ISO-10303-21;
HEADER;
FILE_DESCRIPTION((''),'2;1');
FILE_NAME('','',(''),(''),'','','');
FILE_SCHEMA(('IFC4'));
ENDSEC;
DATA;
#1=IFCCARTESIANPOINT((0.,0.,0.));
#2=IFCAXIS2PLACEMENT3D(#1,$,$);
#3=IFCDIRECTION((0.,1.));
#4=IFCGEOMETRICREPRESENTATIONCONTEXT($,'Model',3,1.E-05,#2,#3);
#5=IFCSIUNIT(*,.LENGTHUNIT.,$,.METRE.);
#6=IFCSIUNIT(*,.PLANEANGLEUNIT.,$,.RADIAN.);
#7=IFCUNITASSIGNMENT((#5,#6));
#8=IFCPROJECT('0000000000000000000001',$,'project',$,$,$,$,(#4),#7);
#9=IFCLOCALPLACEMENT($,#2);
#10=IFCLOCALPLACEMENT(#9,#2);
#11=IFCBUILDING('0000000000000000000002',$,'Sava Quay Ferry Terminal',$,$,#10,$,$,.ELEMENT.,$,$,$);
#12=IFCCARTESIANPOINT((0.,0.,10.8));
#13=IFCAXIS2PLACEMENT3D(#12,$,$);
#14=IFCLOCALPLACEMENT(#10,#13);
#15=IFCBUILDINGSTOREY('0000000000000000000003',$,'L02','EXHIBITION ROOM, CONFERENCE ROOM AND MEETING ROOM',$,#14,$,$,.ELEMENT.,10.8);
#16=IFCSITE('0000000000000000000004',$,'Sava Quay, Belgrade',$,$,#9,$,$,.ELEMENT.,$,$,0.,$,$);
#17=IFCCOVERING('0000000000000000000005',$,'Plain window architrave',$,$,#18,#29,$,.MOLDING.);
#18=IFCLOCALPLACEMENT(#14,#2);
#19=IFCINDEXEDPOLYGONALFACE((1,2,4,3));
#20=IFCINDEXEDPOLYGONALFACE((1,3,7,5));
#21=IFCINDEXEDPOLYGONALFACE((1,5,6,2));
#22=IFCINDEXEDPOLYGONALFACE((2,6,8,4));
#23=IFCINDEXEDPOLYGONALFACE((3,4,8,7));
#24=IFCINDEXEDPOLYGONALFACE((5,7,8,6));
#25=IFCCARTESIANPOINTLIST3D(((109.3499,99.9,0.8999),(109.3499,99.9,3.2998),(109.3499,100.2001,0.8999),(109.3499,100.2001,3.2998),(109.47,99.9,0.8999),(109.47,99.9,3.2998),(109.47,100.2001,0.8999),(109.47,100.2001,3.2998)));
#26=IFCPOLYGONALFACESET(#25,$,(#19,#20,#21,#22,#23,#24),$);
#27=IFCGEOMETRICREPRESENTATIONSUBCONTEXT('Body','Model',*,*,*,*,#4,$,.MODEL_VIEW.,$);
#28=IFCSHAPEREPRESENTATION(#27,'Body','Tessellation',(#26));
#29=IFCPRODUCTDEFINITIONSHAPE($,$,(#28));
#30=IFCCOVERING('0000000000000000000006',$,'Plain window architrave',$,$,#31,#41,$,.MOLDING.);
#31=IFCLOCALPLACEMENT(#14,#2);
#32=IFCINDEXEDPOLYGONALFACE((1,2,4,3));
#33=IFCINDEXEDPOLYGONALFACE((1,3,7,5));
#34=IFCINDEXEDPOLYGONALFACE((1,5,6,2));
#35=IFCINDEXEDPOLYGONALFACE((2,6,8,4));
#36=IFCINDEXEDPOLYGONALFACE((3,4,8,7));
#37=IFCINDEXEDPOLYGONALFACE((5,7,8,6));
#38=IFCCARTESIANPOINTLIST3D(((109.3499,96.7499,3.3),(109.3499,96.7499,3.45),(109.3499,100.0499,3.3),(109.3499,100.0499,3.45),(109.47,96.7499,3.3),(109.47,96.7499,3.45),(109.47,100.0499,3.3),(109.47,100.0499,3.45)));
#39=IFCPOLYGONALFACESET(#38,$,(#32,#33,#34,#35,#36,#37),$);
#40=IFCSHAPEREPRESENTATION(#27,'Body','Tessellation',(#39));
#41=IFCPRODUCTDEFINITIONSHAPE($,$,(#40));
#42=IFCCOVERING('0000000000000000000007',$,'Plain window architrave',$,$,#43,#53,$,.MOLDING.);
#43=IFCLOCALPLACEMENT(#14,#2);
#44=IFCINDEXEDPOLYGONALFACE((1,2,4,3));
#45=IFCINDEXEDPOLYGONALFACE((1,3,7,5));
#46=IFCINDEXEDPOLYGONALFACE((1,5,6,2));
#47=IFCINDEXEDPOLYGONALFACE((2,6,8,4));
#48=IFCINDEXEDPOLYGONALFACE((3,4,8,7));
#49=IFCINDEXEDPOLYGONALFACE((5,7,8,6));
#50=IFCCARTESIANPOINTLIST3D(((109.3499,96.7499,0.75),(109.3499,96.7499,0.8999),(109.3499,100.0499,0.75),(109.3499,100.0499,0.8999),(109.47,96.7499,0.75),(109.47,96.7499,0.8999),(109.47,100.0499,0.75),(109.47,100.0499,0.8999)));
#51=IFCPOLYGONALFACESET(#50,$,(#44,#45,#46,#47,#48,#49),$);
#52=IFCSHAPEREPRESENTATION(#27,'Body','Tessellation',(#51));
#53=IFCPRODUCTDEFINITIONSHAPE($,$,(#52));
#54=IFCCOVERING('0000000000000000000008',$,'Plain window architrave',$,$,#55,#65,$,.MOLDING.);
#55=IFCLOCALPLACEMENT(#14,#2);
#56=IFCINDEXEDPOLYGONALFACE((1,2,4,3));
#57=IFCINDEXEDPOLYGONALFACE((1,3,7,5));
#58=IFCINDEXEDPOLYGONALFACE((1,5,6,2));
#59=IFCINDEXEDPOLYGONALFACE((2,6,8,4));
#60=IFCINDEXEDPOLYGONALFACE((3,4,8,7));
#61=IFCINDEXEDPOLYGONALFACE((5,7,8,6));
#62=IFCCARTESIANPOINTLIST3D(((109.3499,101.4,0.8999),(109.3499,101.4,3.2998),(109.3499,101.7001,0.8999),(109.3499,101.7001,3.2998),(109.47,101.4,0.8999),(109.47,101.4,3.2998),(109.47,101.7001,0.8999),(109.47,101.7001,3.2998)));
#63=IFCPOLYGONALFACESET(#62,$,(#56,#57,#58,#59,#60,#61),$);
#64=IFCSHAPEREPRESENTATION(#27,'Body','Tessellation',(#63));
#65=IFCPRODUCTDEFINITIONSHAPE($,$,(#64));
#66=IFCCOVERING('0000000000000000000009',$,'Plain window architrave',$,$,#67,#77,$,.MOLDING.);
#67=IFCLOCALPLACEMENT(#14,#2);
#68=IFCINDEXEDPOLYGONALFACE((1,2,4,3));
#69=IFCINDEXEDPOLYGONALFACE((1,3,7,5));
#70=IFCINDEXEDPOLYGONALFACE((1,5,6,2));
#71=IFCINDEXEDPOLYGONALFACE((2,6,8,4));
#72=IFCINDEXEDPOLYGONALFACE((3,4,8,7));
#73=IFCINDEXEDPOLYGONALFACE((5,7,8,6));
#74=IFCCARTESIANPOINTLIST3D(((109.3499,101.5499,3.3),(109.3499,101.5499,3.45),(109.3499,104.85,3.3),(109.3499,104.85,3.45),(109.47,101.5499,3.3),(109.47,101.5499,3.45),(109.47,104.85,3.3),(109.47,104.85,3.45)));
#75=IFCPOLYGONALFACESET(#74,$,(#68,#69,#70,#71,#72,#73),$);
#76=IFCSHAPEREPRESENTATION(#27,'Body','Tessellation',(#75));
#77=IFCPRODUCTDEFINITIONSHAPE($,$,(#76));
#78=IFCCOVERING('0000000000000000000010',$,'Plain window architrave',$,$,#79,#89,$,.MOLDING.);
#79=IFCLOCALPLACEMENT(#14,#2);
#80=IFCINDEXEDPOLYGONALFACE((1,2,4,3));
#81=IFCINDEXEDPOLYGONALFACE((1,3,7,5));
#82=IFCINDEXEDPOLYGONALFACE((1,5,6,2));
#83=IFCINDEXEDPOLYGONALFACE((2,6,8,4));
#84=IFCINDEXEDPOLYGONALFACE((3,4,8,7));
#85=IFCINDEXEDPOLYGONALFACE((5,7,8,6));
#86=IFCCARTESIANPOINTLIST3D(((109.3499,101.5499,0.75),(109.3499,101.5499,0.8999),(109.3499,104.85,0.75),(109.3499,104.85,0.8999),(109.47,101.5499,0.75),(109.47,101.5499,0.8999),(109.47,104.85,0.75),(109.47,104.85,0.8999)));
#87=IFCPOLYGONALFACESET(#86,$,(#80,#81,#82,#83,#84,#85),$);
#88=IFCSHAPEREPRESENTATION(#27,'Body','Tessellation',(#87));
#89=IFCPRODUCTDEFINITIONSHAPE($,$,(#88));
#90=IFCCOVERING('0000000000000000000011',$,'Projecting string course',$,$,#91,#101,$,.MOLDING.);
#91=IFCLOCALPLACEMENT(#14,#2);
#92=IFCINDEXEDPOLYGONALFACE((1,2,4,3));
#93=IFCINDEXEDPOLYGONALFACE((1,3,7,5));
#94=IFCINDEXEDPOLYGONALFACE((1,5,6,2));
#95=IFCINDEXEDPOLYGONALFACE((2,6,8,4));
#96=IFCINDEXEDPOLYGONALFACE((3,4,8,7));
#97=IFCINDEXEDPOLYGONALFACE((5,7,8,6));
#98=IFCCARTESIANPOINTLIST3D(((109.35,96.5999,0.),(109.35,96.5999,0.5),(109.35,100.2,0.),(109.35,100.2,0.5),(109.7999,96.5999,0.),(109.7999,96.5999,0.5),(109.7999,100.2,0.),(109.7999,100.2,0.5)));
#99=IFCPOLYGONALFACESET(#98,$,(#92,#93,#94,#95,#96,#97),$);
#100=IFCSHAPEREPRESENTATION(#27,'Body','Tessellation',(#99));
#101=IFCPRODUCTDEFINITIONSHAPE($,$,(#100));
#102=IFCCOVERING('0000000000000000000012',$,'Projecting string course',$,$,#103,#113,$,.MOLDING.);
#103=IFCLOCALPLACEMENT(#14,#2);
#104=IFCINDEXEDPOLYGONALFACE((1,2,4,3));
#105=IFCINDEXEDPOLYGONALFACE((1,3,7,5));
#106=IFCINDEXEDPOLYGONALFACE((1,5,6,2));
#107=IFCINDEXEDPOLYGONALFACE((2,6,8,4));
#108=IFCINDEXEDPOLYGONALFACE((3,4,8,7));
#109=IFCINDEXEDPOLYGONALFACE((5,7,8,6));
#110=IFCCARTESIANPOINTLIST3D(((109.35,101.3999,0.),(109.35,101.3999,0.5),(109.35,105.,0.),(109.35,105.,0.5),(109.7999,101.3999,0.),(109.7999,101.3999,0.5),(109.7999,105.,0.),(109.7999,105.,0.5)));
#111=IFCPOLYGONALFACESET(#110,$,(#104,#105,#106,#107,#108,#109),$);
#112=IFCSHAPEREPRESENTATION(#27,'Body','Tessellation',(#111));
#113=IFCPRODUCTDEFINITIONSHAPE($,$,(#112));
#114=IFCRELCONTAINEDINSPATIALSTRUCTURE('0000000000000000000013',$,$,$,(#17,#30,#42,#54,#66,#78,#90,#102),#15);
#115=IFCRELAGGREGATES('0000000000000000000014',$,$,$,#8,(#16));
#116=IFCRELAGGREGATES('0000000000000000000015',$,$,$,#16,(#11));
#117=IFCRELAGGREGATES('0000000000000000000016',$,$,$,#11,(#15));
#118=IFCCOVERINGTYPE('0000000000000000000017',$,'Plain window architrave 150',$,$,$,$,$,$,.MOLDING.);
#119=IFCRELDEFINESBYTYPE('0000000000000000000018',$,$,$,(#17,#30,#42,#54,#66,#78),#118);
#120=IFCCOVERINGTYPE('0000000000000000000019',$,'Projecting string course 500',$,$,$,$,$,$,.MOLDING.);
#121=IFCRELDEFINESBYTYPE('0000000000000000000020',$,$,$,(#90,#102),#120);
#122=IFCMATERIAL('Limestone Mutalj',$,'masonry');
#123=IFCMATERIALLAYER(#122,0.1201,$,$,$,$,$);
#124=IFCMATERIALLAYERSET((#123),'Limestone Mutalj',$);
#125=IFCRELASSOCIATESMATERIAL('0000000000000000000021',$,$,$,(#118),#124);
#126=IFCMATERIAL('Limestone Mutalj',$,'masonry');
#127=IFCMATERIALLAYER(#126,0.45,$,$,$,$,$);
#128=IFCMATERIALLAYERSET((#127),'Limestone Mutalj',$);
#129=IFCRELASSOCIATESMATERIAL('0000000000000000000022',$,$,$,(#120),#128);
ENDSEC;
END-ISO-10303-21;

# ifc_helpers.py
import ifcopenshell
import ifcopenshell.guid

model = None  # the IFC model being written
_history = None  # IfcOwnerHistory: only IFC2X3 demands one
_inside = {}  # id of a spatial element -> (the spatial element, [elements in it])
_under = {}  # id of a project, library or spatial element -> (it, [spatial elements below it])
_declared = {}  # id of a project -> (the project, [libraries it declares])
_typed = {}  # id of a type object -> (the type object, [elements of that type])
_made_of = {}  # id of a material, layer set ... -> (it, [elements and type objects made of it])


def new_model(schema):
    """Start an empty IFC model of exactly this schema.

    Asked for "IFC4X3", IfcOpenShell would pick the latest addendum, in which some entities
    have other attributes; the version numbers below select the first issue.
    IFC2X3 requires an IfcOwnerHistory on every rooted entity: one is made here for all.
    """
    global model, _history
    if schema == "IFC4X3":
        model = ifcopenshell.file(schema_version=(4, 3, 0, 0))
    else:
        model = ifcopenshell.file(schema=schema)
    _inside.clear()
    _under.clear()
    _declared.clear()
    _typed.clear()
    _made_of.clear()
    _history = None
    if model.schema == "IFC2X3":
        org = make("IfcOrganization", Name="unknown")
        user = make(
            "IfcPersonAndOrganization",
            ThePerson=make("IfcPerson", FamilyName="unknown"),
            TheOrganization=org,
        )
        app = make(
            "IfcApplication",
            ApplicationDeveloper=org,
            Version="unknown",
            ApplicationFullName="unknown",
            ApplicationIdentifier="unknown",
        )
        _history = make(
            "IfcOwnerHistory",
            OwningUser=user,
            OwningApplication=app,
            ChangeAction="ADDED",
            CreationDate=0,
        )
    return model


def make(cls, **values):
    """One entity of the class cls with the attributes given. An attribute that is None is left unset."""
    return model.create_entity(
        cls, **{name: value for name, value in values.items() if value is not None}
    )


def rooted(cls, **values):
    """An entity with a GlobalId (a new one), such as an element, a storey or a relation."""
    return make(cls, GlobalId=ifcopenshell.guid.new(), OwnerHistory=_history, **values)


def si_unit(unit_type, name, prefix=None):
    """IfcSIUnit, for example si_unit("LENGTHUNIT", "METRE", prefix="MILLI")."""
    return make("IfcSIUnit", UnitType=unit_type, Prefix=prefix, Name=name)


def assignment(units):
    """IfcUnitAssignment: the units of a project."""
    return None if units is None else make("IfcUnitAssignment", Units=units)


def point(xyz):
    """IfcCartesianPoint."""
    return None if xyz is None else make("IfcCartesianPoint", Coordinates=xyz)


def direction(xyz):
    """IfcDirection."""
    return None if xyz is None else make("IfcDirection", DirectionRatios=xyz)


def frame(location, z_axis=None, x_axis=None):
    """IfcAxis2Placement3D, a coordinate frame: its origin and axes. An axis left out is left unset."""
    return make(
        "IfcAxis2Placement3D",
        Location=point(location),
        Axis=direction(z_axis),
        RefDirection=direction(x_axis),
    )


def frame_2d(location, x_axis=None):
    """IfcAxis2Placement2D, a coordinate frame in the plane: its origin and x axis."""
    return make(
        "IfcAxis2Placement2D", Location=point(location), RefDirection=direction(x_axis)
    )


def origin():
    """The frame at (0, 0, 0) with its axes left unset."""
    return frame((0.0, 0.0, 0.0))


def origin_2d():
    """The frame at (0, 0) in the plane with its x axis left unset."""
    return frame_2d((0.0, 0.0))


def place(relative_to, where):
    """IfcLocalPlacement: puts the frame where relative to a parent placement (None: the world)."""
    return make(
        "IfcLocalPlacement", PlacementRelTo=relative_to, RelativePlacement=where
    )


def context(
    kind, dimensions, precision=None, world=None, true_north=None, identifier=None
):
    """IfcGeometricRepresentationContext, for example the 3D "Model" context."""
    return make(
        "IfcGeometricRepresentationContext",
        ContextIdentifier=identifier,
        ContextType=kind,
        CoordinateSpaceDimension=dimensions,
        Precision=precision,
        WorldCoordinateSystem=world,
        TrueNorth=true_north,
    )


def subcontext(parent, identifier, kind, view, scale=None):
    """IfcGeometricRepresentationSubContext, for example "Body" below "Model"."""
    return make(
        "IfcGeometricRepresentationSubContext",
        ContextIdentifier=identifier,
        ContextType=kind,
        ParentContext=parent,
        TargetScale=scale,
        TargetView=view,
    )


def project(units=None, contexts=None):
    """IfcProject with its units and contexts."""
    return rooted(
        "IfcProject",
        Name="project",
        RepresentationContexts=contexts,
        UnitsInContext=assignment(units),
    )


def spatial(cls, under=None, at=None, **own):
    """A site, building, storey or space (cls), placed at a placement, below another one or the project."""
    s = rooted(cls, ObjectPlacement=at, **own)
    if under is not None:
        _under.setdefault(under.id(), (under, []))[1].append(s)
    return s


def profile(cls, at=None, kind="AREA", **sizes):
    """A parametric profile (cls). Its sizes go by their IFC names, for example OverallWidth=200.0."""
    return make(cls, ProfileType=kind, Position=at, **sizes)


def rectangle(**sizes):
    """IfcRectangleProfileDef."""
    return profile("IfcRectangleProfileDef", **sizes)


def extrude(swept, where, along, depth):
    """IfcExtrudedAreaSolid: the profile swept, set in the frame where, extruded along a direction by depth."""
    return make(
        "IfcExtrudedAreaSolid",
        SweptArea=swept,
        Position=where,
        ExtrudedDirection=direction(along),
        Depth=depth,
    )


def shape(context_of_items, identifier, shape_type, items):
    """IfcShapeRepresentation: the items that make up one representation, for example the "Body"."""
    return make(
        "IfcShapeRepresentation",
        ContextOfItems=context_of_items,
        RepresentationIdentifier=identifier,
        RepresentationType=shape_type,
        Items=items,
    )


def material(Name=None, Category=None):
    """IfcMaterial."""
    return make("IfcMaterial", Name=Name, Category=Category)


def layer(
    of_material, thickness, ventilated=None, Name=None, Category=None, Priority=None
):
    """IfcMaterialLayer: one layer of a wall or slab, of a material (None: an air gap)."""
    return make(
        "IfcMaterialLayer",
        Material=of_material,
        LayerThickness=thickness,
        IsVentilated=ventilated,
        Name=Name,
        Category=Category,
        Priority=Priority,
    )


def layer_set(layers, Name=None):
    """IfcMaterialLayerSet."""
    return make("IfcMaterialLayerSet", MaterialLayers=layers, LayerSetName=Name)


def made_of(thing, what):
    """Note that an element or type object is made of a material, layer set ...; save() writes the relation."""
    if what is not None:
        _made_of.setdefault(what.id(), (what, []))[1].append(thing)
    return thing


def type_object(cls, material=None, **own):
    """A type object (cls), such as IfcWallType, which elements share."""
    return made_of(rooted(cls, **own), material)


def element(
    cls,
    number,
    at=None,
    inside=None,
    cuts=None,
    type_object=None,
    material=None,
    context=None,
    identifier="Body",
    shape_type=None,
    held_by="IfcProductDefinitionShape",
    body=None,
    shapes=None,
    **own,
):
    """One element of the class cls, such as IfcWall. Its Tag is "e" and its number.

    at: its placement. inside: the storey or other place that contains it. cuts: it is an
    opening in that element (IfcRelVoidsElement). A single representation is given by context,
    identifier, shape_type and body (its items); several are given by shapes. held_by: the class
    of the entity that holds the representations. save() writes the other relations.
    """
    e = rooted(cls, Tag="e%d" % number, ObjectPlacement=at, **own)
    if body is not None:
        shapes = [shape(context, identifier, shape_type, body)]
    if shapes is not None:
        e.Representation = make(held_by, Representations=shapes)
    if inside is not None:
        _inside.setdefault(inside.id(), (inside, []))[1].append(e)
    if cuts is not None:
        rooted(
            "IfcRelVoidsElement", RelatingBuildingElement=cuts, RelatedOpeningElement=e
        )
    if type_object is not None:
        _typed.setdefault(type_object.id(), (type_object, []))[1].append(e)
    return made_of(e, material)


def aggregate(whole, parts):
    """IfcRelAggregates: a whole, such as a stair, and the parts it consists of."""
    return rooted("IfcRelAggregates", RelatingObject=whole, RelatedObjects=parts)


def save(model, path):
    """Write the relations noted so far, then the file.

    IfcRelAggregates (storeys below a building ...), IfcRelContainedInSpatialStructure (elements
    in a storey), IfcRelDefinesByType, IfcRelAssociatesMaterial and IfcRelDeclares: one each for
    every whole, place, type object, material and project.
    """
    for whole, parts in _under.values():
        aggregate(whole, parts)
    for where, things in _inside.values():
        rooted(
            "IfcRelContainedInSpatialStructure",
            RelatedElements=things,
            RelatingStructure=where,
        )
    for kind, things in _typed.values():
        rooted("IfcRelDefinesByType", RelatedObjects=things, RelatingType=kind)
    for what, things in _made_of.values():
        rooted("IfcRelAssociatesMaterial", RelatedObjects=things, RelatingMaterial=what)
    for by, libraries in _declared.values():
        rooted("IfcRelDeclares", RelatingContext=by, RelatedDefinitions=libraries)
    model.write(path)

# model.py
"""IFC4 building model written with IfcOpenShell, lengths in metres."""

from ifc_helpers import new_model, si_unit, direction, frame, origin, origin_2d, place, context, subcontext, project, spatial, rectangle, extrude, material, layer, layer_set, type_object, element, save


model = new_model("IFC4")

# Units and contexts
model_context = context("Model", 3, precision=1e-05, world=origin(), true_north=direction((0.0, 1.0)))
body_context = subcontext(model_context, "Body", "Model", "MODEL_VIEW")
ifc_project = project(units=[si_unit("LENGTHUNIT", "METRE"), si_unit("PLANEANGLEUNIT", "RADIAN")], contexts=[model_context])

# Site, building, storey
site_placement = place(None, origin())
site = spatial("IfcSite", under=ifc_project, at=site_placement, Name="Sava Quay, Belgrade", CompositionType="ELEMENT", RefElevation=0.0)
building_placement = place(site_placement, origin())
building = spatial("IfcBuilding", under=site, at=building_placement, Name="Sava Quay Ferry Terminal", CompositionType="ELEMENT")
storey_placement = place(building_placement, frame((0.0, 0.0, 10.8)))
storey = spatial("IfcBuildingStorey", under=building, at=storey_placement, Name="L02", Description="EXHIBITION ROOM, CONFERENCE ROOM AND MEETING ROOM", CompositionType="ELEMENT", Elevation=10.8)

# Coverings
ifc_material_1 = material(Name="Limestone Mutalj", Category="masonry")
ifc_layer_1 = layer(ifc_material_1, 0.1201)
ifc_layer_set_1 = layer_set([ifc_layer_1], Name="Limestone Mutalj")
covering_type_1 = type_object("IfcCoveringType", Name="Plain window architrave 150", PredefinedType="MOLDING", material=ifc_layer_set_1)
covering_1_placement = place(storey_placement, frame((109.4099, 100.05, 0.8999), z_axis=(0.0, 0.0, 1.0), x_axis=(1.0, 0.0, 0.0)))
element("IfcCovering", 1, at=covering_1_placement, inside=storey, type_object=covering_type_1, Name="Plain window architrave", PredefinedType="MOLDING", context=body_context, shape_type="SweptSolid", body=[
    extrude(rectangle(XDim=0.1201, YDim=0.3, at=origin_2d()), origin(), (0.0, 0.0, 1.0), 2.3999),
])
for number, where, z_axis, x_axis, name in (
    (2, (109.4099, 98.3999, 3.3), (0.0, 0.0, 1.0), (1.0, 0.0, 0.0), "Plain window architrave"),
    (3, (109.4099, 98.3999, 0.75), (0.0, 0.0, 1.0), (1.0, 0.0, 0.0), "Plain window architrave"),
):
    element("IfcCovering", number, at=place(storey_placement, frame(where, z_axis=z_axis, x_axis=x_axis)), inside=storey, type_object=covering_type_1, Name=name, PredefinedType="MOLDING", context=body_context, shape_type="SweptSolid", body=[
        extrude(rectangle(XDim=0.1201, YDim=3.3, at=origin_2d()), origin(), (0.0, 0.0, 1.0), 0.1499),
    ])
covering_2_placement = place(storey_placement, frame((109.4099, 101.55, 0.8999), z_axis=(0.0, 0.0, 1.0), x_axis=(1.0, 0.0, 0.0)))
element("IfcCovering", 4, at=covering_2_placement, inside=storey, type_object=covering_type_1, Name="Plain window architrave", PredefinedType="MOLDING", context=body_context, shape_type="SweptSolid", body=[
    extrude(rectangle(XDim=0.1201, YDim=0.3, at=origin_2d()), origin(), (0.0, 0.0, 1.0), 2.3999),
])
for number, where, z_axis, x_axis, name in (
    (5, (109.4099, 103.2, 3.3), (0.0, 0.0, 1.0), (1.0, 0.0, 0.0), "Plain window architrave"),
    (6, (109.4099, 103.2, 0.75), (0.0, 0.0, 1.0), (1.0, 0.0, 0.0), "Plain window architrave"),
):
    element("IfcCovering", number, at=place(storey_placement, frame(where, z_axis=z_axis, x_axis=x_axis)), inside=storey, type_object=covering_type_1, Name=name, PredefinedType="MOLDING", context=body_context, shape_type="SweptSolid", body=[
        extrude(rectangle(XDim=0.1201, YDim=3.3, at=origin_2d()), origin(), (0.0, 0.0, 1.0), 0.1499),
    ])
ifc_material_2 = material(Name="Limestone Mutalj", Category="masonry")
ifc_layer_2 = layer(ifc_material_2, 0.45)
ifc_layer_set_2 = layer_set([ifc_layer_2], Name="Limestone Mutalj")
covering_type_2 = type_object("IfcCoveringType", Name="Projecting string course 500", PredefinedType="MOLDING", material=ifc_layer_set_2)
for number, where, z_axis, x_axis, name in (
    (7, (109.575, 98.3999, 0.0), (0.0, 0.0, 1.0), (1.0, 0.0, 0.0), "Projecting string course"),
    (8, (109.575, 103.2, 0.0), (0.0, 0.0, 1.0), (1.0, 0.0, 0.0), "Projecting string course"),
):
    element("IfcCovering", number, at=place(storey_placement, frame(where, z_axis=z_axis, x_axis=x_axis)), inside=storey, type_object=covering_type_2, Name=name, PredefinedType="MOLDING", context=body_context, shape_type="SweptSolid", body=[
        extrude(rectangle(XDim=0.45, YDim=3.6001, at=origin_2d()), origin(), (0.0, 0.0, 1.0), 0.5),
    ])

save(model, "model.ifc")
